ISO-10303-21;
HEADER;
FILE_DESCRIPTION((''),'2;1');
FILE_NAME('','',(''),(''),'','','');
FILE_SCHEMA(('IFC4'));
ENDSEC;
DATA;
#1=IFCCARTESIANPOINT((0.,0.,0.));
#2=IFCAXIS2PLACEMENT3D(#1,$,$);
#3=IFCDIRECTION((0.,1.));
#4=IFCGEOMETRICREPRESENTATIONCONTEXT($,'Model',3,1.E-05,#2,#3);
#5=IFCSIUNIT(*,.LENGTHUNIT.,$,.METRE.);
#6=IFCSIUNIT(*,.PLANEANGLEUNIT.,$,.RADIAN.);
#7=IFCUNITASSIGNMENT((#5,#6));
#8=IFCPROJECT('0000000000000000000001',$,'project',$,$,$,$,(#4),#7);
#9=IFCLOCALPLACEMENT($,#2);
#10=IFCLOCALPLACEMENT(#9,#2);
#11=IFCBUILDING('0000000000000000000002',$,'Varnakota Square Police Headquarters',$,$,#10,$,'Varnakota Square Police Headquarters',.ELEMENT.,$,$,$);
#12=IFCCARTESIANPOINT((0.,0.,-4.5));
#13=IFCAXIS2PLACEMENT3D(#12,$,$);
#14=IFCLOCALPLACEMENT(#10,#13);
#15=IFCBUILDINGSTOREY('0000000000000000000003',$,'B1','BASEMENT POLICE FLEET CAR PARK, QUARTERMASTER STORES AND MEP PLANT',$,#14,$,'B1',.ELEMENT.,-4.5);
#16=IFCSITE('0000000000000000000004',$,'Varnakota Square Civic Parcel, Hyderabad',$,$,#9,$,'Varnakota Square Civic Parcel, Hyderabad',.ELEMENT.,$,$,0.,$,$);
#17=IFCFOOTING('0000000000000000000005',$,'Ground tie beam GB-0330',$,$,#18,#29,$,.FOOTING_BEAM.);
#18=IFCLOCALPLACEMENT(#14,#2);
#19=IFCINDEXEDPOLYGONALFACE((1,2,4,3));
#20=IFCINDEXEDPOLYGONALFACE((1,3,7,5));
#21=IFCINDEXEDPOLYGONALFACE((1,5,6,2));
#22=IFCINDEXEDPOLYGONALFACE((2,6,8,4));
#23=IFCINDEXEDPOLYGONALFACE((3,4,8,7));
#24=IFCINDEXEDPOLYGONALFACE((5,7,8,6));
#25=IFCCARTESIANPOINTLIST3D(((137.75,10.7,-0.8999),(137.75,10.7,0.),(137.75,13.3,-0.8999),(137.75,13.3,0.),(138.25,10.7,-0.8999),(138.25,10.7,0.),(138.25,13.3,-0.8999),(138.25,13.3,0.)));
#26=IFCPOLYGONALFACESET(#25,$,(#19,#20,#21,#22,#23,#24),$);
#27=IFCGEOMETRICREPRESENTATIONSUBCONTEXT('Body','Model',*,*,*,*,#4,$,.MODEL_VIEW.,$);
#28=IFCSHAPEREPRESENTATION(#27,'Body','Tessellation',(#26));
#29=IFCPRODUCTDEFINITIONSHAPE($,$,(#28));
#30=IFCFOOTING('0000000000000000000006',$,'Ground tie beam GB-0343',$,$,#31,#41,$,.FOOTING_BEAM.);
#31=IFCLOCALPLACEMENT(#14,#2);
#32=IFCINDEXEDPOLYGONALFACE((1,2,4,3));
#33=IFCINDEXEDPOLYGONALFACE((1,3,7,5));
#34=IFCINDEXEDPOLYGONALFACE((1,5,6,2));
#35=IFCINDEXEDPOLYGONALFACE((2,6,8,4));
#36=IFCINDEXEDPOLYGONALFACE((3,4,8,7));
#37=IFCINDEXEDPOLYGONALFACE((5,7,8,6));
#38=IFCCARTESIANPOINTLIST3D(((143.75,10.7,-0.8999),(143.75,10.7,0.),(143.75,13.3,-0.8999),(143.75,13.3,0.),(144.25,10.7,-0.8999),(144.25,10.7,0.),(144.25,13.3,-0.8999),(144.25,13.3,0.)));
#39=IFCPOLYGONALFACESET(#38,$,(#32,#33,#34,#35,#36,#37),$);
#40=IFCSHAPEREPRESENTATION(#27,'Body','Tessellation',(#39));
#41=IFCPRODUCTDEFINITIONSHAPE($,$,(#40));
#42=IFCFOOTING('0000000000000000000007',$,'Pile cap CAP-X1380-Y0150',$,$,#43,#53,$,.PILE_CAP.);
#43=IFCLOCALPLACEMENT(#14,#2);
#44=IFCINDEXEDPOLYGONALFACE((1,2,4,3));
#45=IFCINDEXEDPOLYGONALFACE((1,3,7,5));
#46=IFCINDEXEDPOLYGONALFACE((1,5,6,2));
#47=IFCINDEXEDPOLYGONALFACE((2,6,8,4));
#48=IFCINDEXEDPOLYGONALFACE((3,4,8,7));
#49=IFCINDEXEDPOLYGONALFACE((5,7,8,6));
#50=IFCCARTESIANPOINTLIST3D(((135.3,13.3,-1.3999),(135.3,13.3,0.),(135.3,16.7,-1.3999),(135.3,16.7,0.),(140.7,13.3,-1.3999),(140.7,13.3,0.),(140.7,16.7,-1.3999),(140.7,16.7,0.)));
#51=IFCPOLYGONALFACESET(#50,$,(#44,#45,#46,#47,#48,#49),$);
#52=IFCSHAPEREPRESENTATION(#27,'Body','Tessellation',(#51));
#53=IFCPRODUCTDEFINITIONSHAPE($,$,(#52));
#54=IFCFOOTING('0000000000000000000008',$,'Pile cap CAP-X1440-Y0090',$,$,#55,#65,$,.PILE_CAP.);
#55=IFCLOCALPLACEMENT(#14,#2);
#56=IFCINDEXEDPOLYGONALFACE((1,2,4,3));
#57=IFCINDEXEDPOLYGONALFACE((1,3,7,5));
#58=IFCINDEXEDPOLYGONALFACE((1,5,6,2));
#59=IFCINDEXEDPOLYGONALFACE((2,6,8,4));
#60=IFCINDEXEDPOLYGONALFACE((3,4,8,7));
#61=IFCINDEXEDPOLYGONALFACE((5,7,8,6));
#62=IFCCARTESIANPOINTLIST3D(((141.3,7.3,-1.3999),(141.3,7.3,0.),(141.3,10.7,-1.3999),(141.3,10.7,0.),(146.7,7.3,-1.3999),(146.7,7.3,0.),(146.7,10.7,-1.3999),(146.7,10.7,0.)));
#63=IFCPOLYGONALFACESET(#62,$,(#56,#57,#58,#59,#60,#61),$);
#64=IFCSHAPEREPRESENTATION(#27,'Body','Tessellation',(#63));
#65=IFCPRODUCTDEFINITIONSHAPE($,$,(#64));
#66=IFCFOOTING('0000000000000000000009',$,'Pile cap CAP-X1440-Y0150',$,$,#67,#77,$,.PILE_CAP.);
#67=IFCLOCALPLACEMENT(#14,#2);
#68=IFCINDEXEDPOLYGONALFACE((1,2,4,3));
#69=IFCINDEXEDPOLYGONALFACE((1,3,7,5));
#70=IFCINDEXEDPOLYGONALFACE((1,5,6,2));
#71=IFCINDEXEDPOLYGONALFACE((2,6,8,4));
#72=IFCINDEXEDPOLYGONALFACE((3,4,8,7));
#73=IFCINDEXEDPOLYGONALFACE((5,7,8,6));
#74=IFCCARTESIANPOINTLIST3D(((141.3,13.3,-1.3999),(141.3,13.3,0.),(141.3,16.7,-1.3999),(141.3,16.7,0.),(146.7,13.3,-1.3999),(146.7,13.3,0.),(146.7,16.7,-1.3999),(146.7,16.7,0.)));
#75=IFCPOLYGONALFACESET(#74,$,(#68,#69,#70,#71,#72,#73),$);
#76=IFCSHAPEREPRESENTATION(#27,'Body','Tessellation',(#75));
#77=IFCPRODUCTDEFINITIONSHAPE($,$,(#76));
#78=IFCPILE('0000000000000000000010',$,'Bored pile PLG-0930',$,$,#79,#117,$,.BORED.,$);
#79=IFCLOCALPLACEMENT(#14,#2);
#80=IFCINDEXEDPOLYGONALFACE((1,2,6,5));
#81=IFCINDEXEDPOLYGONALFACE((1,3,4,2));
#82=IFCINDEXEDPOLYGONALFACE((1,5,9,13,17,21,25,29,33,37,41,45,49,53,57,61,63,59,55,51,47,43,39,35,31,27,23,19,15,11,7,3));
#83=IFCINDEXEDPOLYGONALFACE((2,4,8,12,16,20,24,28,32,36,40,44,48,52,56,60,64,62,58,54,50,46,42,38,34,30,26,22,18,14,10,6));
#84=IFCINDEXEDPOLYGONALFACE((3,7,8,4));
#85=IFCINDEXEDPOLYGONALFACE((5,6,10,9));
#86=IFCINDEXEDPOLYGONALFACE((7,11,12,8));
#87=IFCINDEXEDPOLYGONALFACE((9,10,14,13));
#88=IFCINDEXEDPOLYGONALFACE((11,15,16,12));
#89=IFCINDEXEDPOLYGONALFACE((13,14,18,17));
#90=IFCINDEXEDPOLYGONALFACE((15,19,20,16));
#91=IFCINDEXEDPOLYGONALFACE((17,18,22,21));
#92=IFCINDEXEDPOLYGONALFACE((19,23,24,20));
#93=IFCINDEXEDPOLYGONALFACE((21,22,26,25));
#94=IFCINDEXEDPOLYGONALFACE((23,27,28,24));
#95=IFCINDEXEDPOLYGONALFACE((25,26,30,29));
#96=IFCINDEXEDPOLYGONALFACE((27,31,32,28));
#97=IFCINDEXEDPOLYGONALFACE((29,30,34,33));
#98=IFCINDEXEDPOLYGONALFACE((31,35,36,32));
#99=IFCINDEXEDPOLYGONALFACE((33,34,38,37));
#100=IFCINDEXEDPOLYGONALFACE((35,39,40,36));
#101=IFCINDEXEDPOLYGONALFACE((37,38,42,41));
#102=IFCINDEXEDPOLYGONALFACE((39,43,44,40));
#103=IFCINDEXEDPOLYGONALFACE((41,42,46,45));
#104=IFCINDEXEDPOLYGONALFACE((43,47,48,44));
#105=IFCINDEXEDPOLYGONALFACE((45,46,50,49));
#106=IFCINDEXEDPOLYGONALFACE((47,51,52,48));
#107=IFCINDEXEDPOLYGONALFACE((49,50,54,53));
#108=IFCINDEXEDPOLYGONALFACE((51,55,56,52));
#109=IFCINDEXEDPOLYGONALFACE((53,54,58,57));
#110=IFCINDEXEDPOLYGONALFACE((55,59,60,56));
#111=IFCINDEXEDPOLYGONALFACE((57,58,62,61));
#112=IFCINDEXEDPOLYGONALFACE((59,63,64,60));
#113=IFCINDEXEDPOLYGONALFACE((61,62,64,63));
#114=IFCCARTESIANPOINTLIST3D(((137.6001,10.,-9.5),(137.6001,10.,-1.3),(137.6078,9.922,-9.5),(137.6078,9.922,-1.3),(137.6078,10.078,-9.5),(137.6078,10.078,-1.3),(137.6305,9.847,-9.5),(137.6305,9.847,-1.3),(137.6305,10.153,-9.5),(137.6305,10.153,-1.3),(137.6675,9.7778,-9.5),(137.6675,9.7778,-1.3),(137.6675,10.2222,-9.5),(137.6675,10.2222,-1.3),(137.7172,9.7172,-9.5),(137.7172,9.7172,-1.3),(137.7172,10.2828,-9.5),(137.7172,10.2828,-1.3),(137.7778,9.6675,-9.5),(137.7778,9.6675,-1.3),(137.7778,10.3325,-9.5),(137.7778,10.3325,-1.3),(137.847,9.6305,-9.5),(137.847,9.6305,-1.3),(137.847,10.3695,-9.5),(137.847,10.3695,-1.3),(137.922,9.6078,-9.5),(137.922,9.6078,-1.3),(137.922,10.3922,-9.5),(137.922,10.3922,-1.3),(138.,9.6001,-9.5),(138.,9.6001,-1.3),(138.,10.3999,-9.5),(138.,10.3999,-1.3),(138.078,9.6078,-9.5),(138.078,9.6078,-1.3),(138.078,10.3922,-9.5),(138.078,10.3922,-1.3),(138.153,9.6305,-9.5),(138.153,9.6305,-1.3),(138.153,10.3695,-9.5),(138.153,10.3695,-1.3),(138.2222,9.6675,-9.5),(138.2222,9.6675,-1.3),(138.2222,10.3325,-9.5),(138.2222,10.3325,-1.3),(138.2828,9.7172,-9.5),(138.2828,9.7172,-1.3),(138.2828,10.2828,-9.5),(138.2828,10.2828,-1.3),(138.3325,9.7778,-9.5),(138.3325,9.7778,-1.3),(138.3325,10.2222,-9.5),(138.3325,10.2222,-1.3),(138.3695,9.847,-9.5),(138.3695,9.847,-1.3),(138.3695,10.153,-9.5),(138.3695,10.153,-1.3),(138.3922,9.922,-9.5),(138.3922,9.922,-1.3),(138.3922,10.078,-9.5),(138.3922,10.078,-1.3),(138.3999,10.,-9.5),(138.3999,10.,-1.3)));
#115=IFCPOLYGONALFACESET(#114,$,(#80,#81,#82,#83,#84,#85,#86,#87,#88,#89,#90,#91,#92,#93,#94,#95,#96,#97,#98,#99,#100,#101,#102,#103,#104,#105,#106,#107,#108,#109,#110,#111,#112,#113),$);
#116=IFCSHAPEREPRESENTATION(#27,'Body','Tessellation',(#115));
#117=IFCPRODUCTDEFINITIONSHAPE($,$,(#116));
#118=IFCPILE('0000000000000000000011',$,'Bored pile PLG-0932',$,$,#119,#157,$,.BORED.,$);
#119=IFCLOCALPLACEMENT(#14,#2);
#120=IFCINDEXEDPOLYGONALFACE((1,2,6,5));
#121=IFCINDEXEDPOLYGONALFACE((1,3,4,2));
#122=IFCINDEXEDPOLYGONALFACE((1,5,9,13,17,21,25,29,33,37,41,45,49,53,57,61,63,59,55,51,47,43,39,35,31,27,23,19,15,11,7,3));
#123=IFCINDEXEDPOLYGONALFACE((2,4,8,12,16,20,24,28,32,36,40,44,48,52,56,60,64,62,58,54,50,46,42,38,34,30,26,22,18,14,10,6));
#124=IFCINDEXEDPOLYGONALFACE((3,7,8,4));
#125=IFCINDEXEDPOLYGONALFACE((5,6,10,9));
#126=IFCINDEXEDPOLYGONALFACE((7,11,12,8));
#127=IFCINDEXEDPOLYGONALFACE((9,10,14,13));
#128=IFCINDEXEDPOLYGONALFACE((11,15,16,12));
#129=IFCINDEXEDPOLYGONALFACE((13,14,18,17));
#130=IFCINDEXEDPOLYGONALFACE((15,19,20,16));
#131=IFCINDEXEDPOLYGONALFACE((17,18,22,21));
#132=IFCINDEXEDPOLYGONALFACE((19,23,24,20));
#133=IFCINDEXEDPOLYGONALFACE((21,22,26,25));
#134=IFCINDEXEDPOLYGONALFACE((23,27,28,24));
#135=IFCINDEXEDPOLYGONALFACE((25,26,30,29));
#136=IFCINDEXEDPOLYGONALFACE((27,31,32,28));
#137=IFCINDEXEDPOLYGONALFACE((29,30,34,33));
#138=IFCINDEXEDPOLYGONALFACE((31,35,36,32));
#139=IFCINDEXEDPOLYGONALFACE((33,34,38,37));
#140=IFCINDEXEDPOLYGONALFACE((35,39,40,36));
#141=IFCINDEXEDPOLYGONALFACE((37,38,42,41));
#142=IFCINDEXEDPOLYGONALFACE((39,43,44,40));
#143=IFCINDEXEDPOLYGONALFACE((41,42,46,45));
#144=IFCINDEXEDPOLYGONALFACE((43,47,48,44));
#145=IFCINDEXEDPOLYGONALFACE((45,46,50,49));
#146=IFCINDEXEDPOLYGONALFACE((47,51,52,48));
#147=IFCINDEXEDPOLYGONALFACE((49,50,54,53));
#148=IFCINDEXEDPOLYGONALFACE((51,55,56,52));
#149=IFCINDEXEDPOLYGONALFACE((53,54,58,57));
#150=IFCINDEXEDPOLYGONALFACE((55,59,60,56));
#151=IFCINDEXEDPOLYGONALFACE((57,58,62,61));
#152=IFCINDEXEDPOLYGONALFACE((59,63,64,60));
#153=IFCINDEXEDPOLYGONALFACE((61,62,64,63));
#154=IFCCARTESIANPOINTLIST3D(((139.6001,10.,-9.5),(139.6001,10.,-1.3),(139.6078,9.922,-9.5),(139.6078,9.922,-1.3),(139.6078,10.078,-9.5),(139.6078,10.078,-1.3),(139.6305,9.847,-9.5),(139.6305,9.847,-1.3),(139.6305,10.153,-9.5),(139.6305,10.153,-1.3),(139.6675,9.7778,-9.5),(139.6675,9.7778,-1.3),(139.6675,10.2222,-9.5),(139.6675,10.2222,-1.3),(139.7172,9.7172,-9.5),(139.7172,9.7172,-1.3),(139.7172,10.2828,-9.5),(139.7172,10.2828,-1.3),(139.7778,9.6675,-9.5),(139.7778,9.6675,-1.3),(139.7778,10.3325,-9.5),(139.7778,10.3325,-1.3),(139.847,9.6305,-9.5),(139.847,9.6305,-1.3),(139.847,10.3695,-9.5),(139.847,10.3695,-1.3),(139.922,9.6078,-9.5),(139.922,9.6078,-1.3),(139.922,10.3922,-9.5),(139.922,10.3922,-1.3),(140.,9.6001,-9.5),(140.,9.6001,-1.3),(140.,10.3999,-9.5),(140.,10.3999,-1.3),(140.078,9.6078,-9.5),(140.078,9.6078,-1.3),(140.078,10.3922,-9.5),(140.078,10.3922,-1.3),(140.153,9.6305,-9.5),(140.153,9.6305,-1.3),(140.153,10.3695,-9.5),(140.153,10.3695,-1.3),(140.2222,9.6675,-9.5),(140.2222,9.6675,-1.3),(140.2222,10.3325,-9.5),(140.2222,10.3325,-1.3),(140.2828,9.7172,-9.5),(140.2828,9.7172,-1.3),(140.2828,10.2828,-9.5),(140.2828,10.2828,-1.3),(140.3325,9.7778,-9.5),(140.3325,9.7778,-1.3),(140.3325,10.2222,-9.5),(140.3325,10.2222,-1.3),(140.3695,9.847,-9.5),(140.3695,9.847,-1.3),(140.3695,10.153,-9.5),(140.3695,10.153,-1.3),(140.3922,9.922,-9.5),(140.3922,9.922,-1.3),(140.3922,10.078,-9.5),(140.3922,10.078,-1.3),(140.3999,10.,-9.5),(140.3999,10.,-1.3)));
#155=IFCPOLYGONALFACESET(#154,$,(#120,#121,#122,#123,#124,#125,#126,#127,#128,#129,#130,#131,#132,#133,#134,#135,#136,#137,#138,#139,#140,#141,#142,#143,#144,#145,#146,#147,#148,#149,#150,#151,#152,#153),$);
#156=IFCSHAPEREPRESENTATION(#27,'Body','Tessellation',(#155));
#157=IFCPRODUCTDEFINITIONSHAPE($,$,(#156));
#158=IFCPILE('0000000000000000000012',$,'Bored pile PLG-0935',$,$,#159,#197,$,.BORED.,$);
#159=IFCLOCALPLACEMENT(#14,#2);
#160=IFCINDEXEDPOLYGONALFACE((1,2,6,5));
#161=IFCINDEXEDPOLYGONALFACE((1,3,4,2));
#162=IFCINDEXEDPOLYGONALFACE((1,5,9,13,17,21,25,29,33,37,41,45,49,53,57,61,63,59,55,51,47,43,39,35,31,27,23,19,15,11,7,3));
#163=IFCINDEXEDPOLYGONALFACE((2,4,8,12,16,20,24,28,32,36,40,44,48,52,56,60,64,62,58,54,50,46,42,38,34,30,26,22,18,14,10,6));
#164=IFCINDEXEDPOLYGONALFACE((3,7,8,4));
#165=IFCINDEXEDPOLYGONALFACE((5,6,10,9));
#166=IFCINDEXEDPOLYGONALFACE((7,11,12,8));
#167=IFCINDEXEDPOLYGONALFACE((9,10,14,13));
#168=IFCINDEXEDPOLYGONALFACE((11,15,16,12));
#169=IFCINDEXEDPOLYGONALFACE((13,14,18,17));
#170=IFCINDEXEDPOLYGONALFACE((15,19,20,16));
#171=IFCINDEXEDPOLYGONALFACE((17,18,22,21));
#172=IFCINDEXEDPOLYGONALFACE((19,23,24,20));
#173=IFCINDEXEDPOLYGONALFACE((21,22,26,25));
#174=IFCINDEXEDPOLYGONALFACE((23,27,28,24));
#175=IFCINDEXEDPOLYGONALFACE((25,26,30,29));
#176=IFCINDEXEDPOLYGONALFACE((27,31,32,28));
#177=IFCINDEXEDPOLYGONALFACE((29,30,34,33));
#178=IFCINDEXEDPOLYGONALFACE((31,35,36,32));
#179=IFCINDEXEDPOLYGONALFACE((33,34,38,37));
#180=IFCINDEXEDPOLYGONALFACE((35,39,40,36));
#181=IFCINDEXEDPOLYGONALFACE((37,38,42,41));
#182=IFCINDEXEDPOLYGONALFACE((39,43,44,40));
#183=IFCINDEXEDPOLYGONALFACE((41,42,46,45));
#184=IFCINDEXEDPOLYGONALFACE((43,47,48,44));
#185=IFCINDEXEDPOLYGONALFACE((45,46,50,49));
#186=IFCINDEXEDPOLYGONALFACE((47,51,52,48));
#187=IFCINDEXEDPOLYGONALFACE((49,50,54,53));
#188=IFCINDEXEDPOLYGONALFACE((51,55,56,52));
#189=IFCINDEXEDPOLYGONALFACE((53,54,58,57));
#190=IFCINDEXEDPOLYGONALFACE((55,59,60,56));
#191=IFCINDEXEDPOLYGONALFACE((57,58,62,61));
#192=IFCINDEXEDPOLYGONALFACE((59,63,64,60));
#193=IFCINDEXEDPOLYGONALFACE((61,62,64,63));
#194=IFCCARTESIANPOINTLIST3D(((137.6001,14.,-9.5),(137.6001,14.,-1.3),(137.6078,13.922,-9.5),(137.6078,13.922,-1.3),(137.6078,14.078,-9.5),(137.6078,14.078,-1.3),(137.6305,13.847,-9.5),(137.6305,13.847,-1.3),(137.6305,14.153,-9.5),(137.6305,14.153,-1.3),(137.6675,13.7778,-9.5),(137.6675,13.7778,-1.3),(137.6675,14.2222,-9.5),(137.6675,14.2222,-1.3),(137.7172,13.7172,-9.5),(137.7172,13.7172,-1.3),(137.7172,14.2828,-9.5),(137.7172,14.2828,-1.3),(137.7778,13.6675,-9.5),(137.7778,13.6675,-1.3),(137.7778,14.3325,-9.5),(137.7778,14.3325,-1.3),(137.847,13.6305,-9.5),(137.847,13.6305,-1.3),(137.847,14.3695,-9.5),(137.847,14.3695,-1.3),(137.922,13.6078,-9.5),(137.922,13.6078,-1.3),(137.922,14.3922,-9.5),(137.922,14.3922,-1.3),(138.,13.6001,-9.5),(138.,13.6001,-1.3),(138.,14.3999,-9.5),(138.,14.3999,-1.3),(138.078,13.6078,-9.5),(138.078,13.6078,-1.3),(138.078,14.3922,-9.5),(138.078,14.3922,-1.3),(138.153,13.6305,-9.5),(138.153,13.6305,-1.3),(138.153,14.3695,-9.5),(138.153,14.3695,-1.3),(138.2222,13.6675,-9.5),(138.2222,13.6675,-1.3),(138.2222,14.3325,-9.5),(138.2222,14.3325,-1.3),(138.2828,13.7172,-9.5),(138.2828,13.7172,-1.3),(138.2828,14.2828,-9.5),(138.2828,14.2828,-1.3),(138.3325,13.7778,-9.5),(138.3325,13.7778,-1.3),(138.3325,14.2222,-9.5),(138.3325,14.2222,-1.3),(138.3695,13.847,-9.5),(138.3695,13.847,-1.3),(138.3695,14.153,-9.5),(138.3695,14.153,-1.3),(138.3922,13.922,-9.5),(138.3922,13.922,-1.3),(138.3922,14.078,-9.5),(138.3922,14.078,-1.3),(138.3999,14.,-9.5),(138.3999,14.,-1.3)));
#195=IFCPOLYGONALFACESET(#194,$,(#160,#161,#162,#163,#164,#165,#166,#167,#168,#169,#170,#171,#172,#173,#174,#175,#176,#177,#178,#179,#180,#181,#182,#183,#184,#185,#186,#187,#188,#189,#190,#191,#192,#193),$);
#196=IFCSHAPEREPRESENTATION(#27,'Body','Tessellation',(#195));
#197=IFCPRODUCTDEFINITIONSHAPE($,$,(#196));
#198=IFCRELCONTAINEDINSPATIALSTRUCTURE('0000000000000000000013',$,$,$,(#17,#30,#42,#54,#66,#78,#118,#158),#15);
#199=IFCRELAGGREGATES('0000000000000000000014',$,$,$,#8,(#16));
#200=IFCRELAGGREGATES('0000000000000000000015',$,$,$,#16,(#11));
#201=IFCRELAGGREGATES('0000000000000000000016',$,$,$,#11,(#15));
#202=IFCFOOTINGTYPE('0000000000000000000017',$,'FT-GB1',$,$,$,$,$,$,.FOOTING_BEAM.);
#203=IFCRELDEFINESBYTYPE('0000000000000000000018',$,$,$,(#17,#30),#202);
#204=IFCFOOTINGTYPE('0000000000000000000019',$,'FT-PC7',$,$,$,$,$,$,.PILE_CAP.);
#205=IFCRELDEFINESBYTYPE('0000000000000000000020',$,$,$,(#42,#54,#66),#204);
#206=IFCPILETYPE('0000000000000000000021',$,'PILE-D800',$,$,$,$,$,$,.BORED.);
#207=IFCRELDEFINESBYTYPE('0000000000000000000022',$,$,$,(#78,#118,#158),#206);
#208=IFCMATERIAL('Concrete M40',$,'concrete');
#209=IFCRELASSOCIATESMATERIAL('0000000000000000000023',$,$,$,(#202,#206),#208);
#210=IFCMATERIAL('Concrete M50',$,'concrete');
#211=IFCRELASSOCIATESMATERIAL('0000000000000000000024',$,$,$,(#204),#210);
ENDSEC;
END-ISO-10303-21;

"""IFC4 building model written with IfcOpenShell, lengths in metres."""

from ifc_helpers import new_model, si_unit, direction, frame, origin, origin_2d, place, context, subcontext, project, spatial, rectangle, circle, extrude, material, material_profile, profile_set, type_object, element, save


model = new_model("IFC4")

# Units and contexts
model_context = context("Model", 3, precision=1e-05, world=origin(), true_north=direction((0.0, 1.0)))
body_context = subcontext(model_context, "Body", "Model", "MODEL_VIEW")
ifc_project = project(units=[si_unit("LENGTHUNIT", "METRE"), si_unit("PLANEANGLEUNIT", "RADIAN")], contexts=[model_context])

# Site, building, storey
site_placement = place(None, origin())
site = spatial("IfcSite", under=ifc_project, at=site_placement, Name="Varnakota Square Civic Parcel, Hyderabad", LongName="Varnakota Square Civic Parcel, Hyderabad", CompositionType="ELEMENT", RefElevation=0.0)
building_placement = place(site_placement, origin())
building = spatial("IfcBuilding", under=site, at=building_placement, Name="Varnakota Square Police Headquarters", LongName="Varnakota Square Police Headquarters", CompositionType="ELEMENT")
storey_placement = place(building_placement, frame((0.0, 0.0, -4.5)))
storey = spatial("IfcBuildingStorey", under=building, at=storey_placement, Name="B1", Description="BASEMENT POLICE FLEET CAR PARK, QUARTERMASTER STORES AND MEP PLANT", LongName="B1", CompositionType="ELEMENT", Elevation=-4.5)

# Footings
ifc_material_1 = material(Name="Concrete M40", Category="concrete")
ifc_material_profile_1 = material_profile(ifc_material_1, rectangle(XDim=0.5, YDim=0.8999, at=origin_2d()), Name="GB 500x900")
ifc_profile_set_1 = profile_set([ifc_material_profile_1], Name="Concrete M40")
footing_type_1 = type_object("IfcFootingType", Name="FT-GB1", PredefinedType="FOOTING_BEAM", material=ifc_profile_set_1)
for number, where, z_axis, x_axis, name in (
    (1, (138.0, 10.7, -0.45), (0.0, 1.0, 0.0), (-1.0, 0.0, 0.0), "Ground tie beam GB-0330"),
    (2, (144.0, 10.7, -0.45), (0.0, 1.0, 0.0), (-1.0, 0.0, 0.0), "Ground tie beam GB-0343"),
):
    element("IfcFooting", number, at=place(storey_placement, frame(where, z_axis=z_axis, x_axis=x_axis)), inside=storey, type_object=footing_type_1, Name=name, PredefinedType="FOOTING_BEAM", context=body_context, shape_type="SweptSolid", body=[
        extrude(rectangle(XDim=0.5, YDim=0.8999, at=origin_2d()), origin(), (0.0, 0.0, 1.0), 2.6001),
    ])
ifc_material_2 = material(Name="Concrete M50", Category="concrete")
footing_type_2 = type_object("IfcFootingType", Name="FT-PC7", PredefinedType="PILE_CAP", material=ifc_material_2)
for number, where, z_axis, x_axis, name in (
    (3, (138.0, 15.0, -1.3999), (0.0, 0.0, 1.0), (1.0, 0.0, 0.0), "Pile cap CAP-X1380-Y0150"),
    (4, (144.0, 9.0, -1.3999), (0.0, 0.0, 1.0), (1.0, 0.0, 0.0), "Pile cap CAP-X1440-Y0090"),
    (5, (144.0, 15.0, -1.3999), (0.0, 0.0, 1.0), (1.0, 0.0, 0.0), "Pile cap CAP-X1440-Y0150"),
):
    element("IfcFooting", number, at=place(storey_placement, frame(where, z_axis=z_axis, x_axis=x_axis)), inside=storey, type_object=footing_type_2, Name=name, PredefinedType="PILE_CAP", context=body_context, shape_type="SweptSolid", body=[
        extrude(rectangle(XDim=5.3999, YDim=3.3999, at=origin_2d()), origin(), (0.0, 0.0, 1.0), 1.3999),
    ])

# Piles
ifc_material_profile_2 = material_profile(ifc_material_1, circle(Radius=0.3999, at=origin_2d()), Name="BORED PILE 800")
ifc_profile_set_2 = profile_set([ifc_material_profile_2], Name="Concrete M40")
pile_type = type_object("IfcPileType", Name="PILE-D800", PredefinedType="BORED", material=ifc_profile_set_2)
for number, where, z_axis, x_axis, name in (
    (6, (138.0, 10.0, -1.3), (0.0, 0.0, -1.0), (1.0, 0.0, 0.0), "Bored pile PLG-0930"),
    (7, (140.0, 10.0, -1.3), (0.0, 0.0, -1.0), (1.0, 0.0, 0.0), "Bored pile PLG-0932"),
    (8, (138.0, 14.0, -1.3), (0.0, 0.0, -1.0), (1.0, 0.0, 0.0), "Bored pile PLG-0935"),
):
    element("IfcPile", number, at=place(storey_placement, frame(where, z_axis=z_axis, x_axis=x_axis)), inside=storey, type_object=pile_type, Name=name, PredefinedType="BORED", context=body_context, shape_type="SweptSolid", body=[
        extrude(circle(Radius=0.3999, at=origin_2d()), origin(), (0.0, 0.0, 1.0), 8.2),
    ])

save(model, "model.ifc")
